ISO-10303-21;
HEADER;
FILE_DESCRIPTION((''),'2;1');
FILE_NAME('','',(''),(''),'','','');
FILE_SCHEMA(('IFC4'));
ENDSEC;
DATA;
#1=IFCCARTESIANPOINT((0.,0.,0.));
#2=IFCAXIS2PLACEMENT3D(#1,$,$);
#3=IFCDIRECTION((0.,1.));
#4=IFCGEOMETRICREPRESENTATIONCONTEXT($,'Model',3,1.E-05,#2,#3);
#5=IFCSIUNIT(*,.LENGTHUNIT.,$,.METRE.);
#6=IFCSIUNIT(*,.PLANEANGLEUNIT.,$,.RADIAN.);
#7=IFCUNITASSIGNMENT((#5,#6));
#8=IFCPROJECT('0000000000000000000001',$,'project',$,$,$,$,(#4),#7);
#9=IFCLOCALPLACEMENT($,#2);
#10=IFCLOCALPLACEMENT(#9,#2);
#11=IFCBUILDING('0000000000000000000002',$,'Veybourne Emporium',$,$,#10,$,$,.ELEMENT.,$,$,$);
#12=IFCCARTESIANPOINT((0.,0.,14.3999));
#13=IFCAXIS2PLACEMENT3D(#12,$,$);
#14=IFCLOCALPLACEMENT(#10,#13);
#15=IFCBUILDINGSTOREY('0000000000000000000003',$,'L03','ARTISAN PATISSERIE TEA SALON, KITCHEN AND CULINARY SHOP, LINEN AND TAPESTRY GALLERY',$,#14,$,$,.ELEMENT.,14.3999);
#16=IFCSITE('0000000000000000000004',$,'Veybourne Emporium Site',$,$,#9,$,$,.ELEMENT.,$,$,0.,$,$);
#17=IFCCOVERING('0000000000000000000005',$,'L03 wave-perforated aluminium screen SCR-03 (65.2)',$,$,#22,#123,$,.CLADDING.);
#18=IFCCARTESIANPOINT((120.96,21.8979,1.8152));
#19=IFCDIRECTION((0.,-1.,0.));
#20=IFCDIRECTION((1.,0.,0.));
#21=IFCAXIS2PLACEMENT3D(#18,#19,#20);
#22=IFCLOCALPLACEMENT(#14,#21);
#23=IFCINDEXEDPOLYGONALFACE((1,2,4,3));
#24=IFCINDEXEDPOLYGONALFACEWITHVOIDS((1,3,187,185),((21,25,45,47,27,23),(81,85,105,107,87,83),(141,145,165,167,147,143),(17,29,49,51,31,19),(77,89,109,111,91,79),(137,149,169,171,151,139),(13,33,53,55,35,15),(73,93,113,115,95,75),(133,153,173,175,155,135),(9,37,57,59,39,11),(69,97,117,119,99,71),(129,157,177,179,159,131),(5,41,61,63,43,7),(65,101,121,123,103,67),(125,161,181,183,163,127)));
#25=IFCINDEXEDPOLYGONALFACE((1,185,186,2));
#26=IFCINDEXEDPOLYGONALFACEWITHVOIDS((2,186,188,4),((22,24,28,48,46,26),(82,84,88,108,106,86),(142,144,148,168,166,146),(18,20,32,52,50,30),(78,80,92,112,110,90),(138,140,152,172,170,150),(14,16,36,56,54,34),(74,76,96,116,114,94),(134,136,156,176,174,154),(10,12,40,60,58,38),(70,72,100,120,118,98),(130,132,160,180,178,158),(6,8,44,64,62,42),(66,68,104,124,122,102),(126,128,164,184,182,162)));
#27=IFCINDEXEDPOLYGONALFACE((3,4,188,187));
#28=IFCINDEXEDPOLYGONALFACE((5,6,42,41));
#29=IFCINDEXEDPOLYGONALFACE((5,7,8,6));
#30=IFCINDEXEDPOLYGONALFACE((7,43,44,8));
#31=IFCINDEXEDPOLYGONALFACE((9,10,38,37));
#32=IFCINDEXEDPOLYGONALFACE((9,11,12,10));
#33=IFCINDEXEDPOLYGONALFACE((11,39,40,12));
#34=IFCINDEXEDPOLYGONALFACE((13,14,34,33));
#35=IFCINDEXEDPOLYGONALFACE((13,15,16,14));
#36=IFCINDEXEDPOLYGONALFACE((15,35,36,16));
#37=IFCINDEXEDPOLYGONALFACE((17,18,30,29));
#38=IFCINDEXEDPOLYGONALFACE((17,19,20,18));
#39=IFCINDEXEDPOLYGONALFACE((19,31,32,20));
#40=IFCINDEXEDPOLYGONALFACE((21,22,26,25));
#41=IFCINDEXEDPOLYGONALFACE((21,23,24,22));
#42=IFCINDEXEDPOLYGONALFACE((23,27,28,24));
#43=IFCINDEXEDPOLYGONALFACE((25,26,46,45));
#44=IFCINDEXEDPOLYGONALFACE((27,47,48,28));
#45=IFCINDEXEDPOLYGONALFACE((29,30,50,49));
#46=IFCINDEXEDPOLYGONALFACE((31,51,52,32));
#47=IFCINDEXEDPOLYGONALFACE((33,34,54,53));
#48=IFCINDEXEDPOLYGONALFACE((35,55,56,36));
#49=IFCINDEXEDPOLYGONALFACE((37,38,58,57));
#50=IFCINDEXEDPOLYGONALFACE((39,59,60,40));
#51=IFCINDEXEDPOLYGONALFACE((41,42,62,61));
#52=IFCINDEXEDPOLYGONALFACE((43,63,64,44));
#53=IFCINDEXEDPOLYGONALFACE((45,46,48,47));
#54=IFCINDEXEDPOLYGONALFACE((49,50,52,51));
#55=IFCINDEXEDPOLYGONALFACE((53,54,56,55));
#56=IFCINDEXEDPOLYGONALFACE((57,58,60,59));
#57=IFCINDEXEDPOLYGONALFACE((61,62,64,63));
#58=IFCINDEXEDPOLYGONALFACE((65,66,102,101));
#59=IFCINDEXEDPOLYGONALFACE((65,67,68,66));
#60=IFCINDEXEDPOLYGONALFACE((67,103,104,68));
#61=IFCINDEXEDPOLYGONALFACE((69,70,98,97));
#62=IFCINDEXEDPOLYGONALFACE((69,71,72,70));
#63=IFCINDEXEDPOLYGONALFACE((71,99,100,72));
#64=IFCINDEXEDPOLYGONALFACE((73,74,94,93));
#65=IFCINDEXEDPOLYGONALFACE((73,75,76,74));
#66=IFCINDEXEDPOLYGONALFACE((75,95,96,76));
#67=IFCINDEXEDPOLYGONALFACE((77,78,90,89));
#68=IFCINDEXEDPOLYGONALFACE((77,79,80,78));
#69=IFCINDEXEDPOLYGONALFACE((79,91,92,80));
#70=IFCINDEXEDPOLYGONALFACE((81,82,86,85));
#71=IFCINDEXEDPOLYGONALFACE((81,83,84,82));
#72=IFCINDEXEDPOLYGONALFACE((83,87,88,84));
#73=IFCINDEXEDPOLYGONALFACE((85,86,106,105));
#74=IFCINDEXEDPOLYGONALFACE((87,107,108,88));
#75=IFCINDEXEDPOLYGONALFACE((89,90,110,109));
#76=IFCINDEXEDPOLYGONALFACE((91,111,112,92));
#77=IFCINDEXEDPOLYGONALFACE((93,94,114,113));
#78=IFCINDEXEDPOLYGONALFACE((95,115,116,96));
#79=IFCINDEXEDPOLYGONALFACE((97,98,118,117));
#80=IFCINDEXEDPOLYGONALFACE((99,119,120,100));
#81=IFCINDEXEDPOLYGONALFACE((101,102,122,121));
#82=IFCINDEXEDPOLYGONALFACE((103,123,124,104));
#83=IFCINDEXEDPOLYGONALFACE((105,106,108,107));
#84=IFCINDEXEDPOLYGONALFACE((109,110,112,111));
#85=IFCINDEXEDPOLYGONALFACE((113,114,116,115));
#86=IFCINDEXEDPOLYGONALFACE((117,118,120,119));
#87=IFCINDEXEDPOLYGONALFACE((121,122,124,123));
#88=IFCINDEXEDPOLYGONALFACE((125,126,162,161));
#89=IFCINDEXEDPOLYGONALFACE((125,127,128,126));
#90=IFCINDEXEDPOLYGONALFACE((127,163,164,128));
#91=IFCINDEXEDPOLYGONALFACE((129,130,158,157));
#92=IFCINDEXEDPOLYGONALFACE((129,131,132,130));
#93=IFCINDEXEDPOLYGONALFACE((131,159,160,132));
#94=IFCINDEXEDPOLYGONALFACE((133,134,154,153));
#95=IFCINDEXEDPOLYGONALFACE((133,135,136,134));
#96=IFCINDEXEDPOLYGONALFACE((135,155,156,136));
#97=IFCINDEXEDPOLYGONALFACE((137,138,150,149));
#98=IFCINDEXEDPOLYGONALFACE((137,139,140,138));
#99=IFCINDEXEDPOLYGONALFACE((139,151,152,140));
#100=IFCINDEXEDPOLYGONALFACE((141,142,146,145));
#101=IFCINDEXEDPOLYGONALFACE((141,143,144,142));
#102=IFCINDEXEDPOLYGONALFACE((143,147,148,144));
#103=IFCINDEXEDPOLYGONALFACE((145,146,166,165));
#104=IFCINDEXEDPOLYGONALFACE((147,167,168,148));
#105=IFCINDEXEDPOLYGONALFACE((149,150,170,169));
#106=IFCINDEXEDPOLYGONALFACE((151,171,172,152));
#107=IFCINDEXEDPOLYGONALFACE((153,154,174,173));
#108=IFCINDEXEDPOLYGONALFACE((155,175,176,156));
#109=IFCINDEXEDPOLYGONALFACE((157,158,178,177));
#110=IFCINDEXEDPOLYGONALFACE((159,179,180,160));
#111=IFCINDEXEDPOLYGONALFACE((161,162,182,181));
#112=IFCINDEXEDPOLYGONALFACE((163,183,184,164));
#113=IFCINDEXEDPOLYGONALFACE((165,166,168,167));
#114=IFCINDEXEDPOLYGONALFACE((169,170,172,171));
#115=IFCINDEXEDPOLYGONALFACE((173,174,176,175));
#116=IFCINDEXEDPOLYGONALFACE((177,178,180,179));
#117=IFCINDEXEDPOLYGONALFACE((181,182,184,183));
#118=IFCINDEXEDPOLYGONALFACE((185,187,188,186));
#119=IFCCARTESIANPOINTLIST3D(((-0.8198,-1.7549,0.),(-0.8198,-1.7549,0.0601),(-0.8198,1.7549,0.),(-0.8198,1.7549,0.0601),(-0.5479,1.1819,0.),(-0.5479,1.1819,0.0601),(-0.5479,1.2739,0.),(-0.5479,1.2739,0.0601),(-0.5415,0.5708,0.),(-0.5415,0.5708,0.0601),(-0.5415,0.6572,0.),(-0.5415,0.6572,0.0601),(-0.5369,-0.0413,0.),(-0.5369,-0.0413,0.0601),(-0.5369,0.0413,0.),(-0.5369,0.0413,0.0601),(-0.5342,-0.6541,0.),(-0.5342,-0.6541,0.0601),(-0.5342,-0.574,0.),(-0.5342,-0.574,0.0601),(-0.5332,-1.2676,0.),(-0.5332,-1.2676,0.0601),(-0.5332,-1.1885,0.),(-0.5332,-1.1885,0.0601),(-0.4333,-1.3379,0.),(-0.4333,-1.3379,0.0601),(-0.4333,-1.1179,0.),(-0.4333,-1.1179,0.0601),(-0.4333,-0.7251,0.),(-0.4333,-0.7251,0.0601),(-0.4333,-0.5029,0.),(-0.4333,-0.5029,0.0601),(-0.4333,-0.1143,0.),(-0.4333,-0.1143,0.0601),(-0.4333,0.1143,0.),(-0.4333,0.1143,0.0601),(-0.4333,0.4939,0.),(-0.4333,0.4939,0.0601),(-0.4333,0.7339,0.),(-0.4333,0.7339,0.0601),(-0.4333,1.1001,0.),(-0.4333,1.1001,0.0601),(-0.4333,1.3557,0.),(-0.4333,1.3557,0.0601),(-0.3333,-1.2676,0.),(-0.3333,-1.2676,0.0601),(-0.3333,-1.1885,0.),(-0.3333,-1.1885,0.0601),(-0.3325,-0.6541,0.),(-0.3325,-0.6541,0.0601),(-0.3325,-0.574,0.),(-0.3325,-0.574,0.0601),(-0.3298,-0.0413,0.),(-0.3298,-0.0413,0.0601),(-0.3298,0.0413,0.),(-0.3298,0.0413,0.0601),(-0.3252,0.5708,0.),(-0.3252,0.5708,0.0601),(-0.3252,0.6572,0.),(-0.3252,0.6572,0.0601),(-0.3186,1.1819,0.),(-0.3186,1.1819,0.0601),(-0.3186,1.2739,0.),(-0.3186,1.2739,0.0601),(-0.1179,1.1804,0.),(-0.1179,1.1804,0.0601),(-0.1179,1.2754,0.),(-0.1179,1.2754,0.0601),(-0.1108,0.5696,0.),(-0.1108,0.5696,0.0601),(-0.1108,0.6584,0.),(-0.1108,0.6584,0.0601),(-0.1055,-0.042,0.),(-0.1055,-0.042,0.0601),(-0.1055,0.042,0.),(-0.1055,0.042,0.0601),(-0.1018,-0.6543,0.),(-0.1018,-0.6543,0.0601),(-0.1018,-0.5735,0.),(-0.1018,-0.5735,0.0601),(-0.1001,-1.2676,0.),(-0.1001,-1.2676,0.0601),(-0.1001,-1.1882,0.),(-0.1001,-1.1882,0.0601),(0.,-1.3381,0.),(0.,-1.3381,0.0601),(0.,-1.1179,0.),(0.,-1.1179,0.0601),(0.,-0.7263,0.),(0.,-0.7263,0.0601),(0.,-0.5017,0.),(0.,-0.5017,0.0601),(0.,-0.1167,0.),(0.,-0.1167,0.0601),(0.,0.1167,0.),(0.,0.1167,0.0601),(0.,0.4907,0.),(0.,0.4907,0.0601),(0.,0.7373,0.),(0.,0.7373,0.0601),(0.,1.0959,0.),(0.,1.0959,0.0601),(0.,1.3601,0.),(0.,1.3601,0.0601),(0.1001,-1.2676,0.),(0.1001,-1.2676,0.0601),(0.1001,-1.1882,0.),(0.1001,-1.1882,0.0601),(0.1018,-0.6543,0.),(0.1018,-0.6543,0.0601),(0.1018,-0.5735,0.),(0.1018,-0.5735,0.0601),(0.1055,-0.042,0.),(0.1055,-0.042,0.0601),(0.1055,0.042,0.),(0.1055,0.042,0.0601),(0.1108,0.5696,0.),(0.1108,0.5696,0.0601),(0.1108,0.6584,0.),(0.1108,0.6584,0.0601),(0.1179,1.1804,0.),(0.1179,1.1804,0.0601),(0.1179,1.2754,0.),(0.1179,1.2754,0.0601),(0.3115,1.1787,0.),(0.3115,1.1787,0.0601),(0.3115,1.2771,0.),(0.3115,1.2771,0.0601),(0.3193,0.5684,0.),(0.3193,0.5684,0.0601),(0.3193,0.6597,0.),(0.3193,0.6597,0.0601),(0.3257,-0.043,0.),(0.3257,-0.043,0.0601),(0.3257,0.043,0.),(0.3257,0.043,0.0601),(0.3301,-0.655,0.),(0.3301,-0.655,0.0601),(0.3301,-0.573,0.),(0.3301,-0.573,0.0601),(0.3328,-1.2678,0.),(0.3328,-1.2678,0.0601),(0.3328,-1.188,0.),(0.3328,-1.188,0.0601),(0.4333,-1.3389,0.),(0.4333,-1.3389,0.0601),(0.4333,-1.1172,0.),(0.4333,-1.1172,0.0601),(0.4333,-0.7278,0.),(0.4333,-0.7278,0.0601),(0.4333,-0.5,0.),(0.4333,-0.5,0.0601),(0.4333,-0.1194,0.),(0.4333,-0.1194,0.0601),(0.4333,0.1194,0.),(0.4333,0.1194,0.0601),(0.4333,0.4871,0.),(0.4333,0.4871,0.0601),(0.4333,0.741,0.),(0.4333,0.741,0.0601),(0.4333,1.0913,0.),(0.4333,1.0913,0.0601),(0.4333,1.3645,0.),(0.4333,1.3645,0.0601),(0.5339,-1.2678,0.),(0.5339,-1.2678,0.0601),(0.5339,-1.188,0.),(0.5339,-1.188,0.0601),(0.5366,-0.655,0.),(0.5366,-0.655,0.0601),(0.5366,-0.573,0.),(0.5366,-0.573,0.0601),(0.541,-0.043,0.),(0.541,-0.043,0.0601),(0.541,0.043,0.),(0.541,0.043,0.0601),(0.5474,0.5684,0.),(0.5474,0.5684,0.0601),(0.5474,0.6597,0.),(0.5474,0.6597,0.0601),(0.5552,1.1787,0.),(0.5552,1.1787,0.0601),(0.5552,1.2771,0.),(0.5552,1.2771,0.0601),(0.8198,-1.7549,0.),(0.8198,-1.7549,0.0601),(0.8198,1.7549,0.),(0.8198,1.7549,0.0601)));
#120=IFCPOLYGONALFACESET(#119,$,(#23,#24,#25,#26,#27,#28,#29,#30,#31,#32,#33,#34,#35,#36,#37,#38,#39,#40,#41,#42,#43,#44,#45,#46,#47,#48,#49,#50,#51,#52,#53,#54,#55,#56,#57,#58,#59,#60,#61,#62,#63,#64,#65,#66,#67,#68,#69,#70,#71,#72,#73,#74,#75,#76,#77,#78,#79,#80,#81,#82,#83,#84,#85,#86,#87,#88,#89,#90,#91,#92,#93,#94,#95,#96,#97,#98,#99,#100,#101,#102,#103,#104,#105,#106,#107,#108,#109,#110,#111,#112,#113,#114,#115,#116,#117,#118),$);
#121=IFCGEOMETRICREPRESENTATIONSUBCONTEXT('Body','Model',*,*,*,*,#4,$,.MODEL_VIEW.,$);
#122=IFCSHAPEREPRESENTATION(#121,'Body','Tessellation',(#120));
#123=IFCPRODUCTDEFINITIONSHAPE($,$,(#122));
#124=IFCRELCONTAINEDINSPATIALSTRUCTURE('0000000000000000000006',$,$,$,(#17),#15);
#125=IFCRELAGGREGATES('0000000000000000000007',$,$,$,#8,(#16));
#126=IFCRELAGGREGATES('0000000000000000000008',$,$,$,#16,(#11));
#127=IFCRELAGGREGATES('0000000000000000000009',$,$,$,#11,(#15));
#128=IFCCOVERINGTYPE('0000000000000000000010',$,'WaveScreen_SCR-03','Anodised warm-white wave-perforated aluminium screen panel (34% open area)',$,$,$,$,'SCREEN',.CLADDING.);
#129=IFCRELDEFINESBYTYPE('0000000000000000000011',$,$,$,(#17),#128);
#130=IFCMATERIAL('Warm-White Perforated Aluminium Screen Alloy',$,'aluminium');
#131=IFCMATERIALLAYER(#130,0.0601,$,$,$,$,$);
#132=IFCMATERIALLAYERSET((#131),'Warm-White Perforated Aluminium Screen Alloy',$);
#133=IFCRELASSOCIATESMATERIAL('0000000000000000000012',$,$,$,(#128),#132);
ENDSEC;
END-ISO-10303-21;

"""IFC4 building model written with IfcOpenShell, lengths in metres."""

from ifc_helpers import new_model, si_unit, direction, frame, origin, place, context, subcontext, project, spatial, polyline, outline, extrude, material, layer, layer_set, type_object, element, save


model = new_model("IFC4")

# Units and contexts
model_context = context("Model", 3, precision=1e-05, world=origin(), true_north=direction((0.0, 1.0)))
body_context = subcontext(model_context, "Body", "Model", "MODEL_VIEW")
ifc_project = project(units=[si_unit("LENGTHUNIT", "METRE"), si_unit("PLANEANGLEUNIT", "RADIAN")], contexts=[model_context])

# Site, building, storey
site_placement = place(None, origin())
site = spatial("IfcSite", under=ifc_project, at=site_placement, Name="Veybourne Emporium Site", CompositionType="ELEMENT", RefElevation=0.0)
building_placement = place(site_placement, origin())
building = spatial("IfcBuilding", under=site, at=building_placement, Name="Veybourne Emporium", CompositionType="ELEMENT")
storey_placement = place(building_placement, frame((0.0, 0.0, 14.3999)))
storey = spatial("IfcBuildingStorey", under=building, at=storey_placement, Name="L03", Description="ARTISAN PATISSERIE TEA SALON, KITCHEN AND CULINARY SHOP, LINEN AND TAPESTRY GALLERY", CompositionType="ELEMENT", Elevation=14.3999)

# Covering
ifc_material_1 = material(Name="Warm-White Perforated Aluminium Screen Alloy", Category="aluminium")
ifc_layer_1 = layer(ifc_material_1, 0.0601)
ifc_layer_set_1 = layer_set([ifc_layer_1], Name="Warm-White Perforated Aluminium Screen Alloy")
covering_type_1 = type_object("IfcCoveringType", Name="WaveScreen_SCR-03", Description="Anodised warm-white wave-perforated aluminium screen panel (34% open area)", ElementType="SCREEN", PredefinedType="CLADDING", material=ifc_layer_set_1)
covering_1_placement = place(storey_placement, frame((120.96, 21.8979, 1.8152), z_axis=(0.0, -1.0, 0.0), x_axis=(1.0, 0.0, 0.0)))
element("IfcCovering", 1, at=covering_1_placement, inside=storey, type_object=covering_type_1, Name="L03 wave-perforated aluminium screen SCR-03 (65.2)", PredefinedType="CLADDING", context=body_context, shape_type="SweptSolid", body=[
    extrude(outline(polyline([(-0.8198, -1.7549), (0.8198, -1.7549), (0.8198, 1.7549), (-0.8198, 1.7549), (-0.8198, -1.7549)]), holes=[polyline([(-0.4333, -1.1179), (-0.3333, -1.1885), (-0.3333, -1.2676), (-0.4333, -1.3379), (-0.5332, -1.2676), (-0.5332, -1.1885), (-0.4333, -1.1179)]), polyline([(-0.4333, -0.5029), (-0.3325, -0.574), (-0.3325, -0.6541), (-0.4333, -0.7251), (-0.5342, -0.6541), (-0.5342, -0.574), (-0.4333, -0.5029)]), polyline([(-0.4333, 0.1143), (-0.3298, 0.0413), (-0.3298, -0.0413), (-0.4333, -0.1143), (-0.5369, -0.0413), (-0.5369, 0.0413), (-0.4333, 0.1143)]), polyline([(-0.4333, 0.7339), (-0.3252, 0.6572), (-0.3252, 0.5708), (-0.4333, 0.4939), (-0.5415, 0.5708), (-0.5415, 0.6572), (-0.4333, 0.7339)]), polyline([(-0.4333, 1.3557), (-0.3186, 1.2739), (-0.3186, 1.1819), (-0.4333, 1.1001), (-0.5479, 1.1819), (-0.5479, 1.2739), (-0.4333, 1.3557)]), polyline([(0.0, -1.1179), (0.1001, -1.1882), (0.1001, -1.2676), (0.0, -1.3381), (-0.1001, -1.2676), (-0.1001, -1.1882), (0.0, -1.1179)]), polyline([(0.0, -0.5017), (0.1018, -0.5735), (0.1018, -0.6543), (0.0, -0.7263), (-0.1018, -0.6543), (-0.1018, -0.5735), (0.0, -0.5017)]), polyline([(0.0, 0.1167), (0.1055, 0.042), (0.1055, -0.042), (0.0, -0.1167), (-0.1055, -0.042), (-0.1055, 0.042), (0.0, 0.1167)]), polyline([(0.0, 0.7373), (0.1108, 0.6584), (0.1108, 0.5696), (0.0, 0.4907), (-0.1108, 0.5696), (-0.1108, 0.6584), (0.0, 0.7373)]), polyline([(0.0, 1.3601), (0.1179, 1.2754), (0.1179, 1.1804), (0.0, 1.0959), (-0.1179, 1.1804), (-0.1179, 1.2754), (0.0, 1.3601)]), polyline([(0.4333, -1.1172), (0.5339, -1.188), (0.5339, -1.2678), (0.4333, -1.3389), (0.3328, -1.2678), (0.3328, -1.188), (0.4333, -1.1172)]), polyline([(0.4333, -0.5), (0.5366, -0.573), (0.5366, -0.655), (0.4333, -0.7278), (0.3301, -0.655), (0.3301, -0.573), (0.4333, -0.5)]), polyline([(0.4333, 0.1194), (0.541, 0.043), (0.541, -0.043), (0.4333, -0.1194), (0.3257, -0.043), (0.3257, 0.043), (0.4333, 0.1194)]), polyline([(0.4333, 0.741), (0.5474, 0.6597), (0.5474, 0.5684), (0.4333, 0.4871), (0.3193, 0.5684), (0.3193, 0.6597), (0.4333, 0.741)]), polyline([(0.4333, 1.3645), (0.5552, 1.2771), (0.5552, 1.1787), (0.4333, 1.0913), (0.3115, 1.1787), (0.3115, 1.2771), (0.4333, 1.3645)])]), origin(), (0.0, 0.0, 1.0), 0.0601),
])

save(model, "model.ifc")
